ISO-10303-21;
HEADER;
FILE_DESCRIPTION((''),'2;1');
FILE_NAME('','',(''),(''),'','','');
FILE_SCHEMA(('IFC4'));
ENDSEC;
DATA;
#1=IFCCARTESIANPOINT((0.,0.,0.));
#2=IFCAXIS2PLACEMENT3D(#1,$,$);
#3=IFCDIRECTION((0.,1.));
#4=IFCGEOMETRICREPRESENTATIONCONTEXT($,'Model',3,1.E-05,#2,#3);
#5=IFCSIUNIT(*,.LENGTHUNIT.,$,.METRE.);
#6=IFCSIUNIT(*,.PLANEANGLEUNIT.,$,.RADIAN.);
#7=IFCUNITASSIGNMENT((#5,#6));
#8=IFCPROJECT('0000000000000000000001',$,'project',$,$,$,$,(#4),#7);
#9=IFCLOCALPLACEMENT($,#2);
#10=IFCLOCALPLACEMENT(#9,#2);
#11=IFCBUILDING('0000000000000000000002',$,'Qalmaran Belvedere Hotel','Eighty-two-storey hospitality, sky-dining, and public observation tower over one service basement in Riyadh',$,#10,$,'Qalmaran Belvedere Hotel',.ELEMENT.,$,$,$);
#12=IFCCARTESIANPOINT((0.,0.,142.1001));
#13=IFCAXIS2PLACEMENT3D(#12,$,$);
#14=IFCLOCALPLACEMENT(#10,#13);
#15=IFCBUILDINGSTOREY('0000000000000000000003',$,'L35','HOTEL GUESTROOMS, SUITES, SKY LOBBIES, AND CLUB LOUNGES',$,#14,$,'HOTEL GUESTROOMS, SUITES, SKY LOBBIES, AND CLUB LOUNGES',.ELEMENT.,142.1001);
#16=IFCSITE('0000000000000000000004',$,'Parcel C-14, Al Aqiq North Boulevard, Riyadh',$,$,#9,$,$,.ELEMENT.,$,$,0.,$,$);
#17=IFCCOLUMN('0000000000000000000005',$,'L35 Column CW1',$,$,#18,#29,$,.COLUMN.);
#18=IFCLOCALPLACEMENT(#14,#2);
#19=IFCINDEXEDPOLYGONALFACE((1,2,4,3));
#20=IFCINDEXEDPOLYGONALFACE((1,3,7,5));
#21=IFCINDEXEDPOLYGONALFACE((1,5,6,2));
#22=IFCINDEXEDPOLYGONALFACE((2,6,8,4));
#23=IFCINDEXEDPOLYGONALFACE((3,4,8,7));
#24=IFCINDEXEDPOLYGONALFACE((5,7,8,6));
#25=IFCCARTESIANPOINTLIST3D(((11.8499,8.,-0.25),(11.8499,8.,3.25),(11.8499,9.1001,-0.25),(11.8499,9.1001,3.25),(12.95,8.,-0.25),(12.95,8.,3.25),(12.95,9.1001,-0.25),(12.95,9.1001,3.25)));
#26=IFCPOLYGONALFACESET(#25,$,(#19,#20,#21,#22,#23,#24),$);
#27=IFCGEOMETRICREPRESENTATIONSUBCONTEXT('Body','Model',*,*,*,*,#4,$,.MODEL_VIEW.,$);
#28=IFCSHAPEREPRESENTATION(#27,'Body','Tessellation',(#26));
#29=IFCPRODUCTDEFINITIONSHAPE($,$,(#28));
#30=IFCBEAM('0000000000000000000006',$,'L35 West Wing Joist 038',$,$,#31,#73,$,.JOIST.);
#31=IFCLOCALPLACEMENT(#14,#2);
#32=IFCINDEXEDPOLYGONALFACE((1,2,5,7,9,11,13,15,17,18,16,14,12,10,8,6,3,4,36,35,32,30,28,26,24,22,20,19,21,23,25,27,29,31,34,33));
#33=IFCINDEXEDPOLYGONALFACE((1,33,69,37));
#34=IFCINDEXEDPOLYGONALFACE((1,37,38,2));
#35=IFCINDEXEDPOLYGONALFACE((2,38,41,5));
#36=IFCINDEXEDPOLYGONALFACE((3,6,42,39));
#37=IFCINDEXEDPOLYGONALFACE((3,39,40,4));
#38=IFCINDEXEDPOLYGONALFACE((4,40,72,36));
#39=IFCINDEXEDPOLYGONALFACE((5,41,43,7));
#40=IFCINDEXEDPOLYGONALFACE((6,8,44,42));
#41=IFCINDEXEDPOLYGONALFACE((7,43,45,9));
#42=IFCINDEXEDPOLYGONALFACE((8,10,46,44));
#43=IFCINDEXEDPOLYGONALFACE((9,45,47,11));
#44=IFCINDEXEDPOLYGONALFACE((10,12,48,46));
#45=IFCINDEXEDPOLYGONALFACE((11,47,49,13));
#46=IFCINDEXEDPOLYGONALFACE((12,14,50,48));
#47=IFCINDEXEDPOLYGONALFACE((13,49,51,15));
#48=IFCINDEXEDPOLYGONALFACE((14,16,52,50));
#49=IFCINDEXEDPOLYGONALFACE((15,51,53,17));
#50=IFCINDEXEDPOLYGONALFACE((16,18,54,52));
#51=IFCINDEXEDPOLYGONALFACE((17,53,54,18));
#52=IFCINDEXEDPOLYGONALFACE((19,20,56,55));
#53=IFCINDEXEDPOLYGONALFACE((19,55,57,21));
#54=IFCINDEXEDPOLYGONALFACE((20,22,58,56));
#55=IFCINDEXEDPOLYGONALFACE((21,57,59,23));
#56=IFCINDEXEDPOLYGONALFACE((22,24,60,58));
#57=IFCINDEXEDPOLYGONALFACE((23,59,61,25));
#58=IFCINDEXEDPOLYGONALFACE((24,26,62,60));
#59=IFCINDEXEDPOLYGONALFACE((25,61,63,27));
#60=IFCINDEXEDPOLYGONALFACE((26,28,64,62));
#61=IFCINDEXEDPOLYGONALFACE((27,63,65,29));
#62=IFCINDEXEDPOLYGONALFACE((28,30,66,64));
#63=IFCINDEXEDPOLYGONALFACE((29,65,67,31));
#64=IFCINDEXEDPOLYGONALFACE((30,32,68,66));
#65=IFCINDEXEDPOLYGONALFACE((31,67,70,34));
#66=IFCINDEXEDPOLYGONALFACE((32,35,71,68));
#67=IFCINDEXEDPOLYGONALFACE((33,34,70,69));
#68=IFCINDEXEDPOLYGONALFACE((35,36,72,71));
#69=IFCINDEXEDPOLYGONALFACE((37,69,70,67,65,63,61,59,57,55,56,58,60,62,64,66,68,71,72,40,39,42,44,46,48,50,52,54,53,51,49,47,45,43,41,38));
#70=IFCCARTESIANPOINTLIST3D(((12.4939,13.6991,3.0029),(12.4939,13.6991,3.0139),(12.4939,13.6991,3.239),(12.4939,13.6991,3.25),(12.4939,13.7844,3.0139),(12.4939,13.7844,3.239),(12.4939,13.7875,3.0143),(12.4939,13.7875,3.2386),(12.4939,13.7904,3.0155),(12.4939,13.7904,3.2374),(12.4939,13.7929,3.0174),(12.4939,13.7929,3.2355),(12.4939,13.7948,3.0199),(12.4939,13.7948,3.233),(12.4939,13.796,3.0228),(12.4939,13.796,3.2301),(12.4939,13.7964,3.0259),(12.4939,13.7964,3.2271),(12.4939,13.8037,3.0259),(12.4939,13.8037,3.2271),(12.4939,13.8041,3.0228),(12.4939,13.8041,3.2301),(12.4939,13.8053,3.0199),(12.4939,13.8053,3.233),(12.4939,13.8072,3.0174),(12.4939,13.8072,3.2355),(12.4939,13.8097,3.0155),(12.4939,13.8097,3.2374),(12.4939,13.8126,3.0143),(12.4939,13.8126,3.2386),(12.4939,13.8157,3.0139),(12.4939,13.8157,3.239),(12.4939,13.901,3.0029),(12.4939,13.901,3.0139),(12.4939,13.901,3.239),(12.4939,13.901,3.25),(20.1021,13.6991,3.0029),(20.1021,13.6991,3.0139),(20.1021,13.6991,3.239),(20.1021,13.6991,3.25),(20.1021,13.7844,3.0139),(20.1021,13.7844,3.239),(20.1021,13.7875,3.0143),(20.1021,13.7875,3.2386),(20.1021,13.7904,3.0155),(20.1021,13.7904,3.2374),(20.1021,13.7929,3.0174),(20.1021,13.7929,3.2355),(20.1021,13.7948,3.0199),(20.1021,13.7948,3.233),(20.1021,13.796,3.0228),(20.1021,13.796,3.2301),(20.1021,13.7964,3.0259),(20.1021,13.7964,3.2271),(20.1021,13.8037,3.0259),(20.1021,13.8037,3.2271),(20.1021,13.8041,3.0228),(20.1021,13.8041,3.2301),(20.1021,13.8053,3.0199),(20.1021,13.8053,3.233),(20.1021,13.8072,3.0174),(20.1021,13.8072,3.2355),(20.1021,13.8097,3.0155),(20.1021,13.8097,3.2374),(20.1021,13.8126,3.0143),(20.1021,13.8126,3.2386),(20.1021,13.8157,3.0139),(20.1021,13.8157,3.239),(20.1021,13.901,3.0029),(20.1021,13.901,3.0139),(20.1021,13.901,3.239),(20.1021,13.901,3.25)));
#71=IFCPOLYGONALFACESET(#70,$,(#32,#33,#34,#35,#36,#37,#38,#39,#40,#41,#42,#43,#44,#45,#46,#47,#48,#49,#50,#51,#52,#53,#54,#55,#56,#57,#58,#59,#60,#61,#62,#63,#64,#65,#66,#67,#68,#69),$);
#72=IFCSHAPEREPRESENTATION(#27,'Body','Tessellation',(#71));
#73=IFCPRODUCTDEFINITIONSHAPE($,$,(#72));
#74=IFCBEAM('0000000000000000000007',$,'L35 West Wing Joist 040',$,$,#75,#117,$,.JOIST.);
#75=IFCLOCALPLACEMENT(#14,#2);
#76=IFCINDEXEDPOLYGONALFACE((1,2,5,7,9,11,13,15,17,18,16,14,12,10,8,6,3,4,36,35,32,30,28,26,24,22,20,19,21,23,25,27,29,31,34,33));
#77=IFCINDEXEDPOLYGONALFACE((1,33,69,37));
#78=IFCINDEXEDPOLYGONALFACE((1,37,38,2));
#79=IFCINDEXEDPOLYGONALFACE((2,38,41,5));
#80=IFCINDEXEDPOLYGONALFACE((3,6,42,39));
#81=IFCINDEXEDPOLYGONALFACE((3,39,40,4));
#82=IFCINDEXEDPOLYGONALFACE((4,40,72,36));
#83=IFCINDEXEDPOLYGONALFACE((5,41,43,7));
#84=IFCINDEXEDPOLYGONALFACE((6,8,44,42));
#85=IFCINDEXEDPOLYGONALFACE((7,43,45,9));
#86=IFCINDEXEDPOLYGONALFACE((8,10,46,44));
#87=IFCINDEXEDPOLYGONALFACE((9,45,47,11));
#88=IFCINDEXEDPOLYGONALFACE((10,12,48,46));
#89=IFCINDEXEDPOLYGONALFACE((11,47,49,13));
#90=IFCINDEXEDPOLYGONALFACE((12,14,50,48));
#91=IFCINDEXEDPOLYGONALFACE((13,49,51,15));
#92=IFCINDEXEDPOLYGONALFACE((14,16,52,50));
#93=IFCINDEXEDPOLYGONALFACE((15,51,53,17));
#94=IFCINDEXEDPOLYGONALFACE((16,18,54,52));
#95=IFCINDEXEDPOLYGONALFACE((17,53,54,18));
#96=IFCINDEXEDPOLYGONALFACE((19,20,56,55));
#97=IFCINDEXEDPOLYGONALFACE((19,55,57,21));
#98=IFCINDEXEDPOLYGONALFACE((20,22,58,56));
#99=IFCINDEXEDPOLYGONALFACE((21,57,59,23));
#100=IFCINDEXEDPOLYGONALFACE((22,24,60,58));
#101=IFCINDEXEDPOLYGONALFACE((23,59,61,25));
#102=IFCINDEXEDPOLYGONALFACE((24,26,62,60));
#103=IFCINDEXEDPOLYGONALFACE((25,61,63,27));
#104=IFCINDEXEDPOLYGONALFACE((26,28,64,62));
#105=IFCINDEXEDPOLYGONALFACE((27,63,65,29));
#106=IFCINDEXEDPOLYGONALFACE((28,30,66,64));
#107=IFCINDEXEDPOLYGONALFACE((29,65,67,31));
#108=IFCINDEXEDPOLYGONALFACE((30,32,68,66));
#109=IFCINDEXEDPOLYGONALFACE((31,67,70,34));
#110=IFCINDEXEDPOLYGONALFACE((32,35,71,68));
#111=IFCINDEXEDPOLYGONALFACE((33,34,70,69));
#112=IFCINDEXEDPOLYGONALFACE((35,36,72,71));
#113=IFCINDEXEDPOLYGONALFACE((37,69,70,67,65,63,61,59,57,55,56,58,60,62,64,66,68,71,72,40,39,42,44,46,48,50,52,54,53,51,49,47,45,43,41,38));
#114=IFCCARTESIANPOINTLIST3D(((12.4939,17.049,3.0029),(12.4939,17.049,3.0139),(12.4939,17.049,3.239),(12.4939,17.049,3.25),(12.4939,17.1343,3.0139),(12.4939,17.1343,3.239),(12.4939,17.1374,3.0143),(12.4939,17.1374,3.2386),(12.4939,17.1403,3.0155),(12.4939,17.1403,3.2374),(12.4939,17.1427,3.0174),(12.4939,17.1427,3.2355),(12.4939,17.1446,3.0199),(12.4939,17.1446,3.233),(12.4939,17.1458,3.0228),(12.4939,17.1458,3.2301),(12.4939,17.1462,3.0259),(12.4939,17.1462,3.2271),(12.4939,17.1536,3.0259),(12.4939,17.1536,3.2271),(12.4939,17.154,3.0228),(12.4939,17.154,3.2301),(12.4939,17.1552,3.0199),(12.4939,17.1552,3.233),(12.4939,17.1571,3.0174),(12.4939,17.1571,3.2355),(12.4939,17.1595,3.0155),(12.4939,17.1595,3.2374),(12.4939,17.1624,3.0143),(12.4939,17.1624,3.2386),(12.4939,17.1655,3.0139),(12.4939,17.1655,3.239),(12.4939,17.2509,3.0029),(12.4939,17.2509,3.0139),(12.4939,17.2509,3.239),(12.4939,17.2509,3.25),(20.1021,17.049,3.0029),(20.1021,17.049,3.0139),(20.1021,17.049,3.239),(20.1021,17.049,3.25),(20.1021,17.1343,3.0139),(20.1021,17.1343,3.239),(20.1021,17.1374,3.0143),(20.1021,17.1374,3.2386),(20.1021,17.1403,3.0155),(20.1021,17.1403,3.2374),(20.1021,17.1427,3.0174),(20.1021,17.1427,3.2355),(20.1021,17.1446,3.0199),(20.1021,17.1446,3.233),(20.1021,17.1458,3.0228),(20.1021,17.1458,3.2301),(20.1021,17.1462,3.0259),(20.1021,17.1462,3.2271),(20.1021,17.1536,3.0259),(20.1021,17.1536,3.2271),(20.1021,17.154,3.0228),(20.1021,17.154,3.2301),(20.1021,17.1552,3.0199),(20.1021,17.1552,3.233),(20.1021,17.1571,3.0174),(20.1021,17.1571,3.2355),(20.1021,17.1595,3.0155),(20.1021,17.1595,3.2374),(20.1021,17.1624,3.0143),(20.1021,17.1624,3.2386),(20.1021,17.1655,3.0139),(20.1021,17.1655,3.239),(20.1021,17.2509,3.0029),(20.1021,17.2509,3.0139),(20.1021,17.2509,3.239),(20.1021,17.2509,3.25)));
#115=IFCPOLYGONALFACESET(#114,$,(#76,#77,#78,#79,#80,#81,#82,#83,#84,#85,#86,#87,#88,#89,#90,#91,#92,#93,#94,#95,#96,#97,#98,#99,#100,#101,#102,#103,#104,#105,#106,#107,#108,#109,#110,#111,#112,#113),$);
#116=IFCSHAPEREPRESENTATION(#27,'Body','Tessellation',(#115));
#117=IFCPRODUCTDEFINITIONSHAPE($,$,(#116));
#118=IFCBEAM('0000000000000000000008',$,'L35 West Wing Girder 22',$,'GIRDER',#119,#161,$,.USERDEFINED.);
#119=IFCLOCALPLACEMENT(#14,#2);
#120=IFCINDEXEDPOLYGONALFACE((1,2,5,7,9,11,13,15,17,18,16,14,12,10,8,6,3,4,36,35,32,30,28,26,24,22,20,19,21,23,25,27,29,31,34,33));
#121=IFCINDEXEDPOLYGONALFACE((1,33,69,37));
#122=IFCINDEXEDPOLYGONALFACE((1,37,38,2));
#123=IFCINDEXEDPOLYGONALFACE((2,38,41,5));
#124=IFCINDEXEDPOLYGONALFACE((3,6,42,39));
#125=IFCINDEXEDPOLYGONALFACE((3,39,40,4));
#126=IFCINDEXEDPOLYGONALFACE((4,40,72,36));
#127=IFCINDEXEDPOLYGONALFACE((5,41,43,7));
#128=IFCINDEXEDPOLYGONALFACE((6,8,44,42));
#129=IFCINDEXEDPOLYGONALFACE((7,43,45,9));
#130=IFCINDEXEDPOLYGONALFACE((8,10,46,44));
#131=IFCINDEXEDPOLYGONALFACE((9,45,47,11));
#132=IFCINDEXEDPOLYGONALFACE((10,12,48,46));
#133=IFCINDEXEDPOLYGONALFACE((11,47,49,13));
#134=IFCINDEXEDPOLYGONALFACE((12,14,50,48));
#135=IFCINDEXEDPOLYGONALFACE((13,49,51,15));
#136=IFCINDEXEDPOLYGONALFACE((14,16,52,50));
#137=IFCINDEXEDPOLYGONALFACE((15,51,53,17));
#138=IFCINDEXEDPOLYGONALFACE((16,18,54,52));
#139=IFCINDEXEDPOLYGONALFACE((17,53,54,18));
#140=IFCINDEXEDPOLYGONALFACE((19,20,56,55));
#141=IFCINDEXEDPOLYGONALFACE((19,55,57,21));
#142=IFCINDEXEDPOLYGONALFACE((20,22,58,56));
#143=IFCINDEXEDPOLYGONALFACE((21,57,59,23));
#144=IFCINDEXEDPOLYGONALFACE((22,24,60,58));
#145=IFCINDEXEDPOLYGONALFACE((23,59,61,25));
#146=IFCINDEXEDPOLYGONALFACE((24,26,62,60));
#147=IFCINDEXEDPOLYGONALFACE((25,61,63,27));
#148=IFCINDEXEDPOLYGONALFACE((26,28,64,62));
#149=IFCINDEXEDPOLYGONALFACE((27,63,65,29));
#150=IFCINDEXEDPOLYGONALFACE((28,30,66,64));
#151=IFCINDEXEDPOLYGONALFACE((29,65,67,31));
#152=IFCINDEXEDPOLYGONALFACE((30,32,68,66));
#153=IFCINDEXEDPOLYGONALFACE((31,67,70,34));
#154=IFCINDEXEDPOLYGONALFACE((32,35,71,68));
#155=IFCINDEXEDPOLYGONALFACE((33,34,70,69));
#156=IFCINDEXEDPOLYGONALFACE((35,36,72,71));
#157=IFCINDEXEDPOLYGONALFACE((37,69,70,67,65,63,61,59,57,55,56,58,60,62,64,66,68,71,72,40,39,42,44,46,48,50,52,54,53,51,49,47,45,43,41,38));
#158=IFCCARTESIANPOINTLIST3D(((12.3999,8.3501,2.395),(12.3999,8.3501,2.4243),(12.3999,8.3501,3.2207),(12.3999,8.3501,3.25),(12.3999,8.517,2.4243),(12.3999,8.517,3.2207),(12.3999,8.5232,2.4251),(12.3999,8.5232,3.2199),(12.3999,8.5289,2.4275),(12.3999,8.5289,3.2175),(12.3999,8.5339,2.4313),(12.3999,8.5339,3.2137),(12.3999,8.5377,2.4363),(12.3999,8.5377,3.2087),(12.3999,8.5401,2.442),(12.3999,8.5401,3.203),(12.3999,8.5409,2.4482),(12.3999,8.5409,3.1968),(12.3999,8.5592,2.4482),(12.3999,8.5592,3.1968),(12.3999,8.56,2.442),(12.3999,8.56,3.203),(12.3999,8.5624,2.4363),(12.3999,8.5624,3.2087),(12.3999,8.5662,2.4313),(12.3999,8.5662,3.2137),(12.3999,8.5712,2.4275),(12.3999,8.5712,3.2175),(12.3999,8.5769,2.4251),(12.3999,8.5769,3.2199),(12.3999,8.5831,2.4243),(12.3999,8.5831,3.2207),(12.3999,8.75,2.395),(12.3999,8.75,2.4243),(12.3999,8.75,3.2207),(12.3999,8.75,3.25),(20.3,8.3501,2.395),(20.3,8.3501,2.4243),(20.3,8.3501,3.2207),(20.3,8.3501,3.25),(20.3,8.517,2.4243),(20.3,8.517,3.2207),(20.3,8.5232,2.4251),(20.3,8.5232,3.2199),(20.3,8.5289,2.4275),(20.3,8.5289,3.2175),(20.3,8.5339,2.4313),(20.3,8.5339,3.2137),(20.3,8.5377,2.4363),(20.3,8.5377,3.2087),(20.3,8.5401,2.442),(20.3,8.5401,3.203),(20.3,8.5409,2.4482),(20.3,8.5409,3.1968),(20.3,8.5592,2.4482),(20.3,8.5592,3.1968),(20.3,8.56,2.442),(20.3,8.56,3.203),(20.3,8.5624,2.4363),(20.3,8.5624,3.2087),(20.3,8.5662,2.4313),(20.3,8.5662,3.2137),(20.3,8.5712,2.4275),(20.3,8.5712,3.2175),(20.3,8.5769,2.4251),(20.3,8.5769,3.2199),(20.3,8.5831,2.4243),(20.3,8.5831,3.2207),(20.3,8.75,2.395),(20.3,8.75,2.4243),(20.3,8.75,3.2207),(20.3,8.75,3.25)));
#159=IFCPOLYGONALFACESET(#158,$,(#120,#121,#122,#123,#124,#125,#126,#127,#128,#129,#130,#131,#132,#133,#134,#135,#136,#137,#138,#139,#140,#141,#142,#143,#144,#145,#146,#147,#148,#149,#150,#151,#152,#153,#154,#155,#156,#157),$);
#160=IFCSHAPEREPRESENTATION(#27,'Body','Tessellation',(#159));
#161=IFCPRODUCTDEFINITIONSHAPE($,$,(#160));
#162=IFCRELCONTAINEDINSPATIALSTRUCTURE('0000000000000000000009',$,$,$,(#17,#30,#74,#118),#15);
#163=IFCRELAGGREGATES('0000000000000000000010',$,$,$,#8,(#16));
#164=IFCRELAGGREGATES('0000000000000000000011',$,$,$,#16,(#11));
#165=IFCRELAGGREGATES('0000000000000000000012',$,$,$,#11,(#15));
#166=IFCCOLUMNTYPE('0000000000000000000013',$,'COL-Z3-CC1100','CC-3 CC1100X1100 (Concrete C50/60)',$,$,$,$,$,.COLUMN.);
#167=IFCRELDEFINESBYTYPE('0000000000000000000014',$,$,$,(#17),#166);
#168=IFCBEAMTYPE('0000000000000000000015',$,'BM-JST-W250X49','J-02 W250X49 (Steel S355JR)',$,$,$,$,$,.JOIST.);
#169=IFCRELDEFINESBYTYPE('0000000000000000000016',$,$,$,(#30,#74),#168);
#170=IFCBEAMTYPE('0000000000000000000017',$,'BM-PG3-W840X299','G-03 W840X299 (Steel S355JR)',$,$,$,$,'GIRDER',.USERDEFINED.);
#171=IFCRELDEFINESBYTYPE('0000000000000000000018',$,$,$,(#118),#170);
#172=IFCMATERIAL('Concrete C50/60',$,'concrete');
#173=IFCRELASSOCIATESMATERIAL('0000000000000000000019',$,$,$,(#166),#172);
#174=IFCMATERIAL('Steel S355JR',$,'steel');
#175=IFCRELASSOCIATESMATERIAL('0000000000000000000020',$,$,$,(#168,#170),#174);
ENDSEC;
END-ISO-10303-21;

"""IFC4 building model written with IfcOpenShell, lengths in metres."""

from ifc_helpers import new_model, si_unit, direction, frame, origin, origin_2d, place, context, subcontext, project, spatial, rectangle, i_section, extrude, material, material_profile, profile_set, type_object, element, save


model = new_model("IFC4")

# Units and contexts
model_context = context("Model", 3, precision=1e-05, world=origin(), true_north=direction((0.0, 1.0)))
body_context = subcontext(model_context, "Body", "Model", "MODEL_VIEW")
ifc_project = project(units=[si_unit("LENGTHUNIT", "METRE"), si_unit("PLANEANGLEUNIT", "RADIAN")], contexts=[model_context])

# Site, building, storey
site_placement = place(None, origin())
site = spatial("IfcSite", under=ifc_project, at=site_placement, Name="Parcel C-14, Al Aqiq North Boulevard, Riyadh", CompositionType="ELEMENT", RefElevation=0.0)
building_placement = place(site_placement, origin())
building = spatial("IfcBuilding", under=site, at=building_placement, Name="Qalmaran Belvedere Hotel", Description="Eighty-two-storey hospitality, sky-dining, and public observation tower over one service basement in Riyadh", LongName="Qalmaran Belvedere Hotel", CompositionType="ELEMENT")
storey_placement = place(building_placement, frame((0.0, 0.0, 142.1001)))
storey = spatial("IfcBuildingStorey", under=building, at=storey_placement, Name="L35", Description="HOTEL GUESTROOMS, SUITES, SKY LOBBIES, AND CLUB LOUNGES", LongName="HOTEL GUESTROOMS, SUITES, SKY LOBBIES, AND CLUB LOUNGES", CompositionType="ELEMENT", Elevation=142.1001)

# Column
ifc_material_1 = material(Name="Concrete C50/60", Category="concrete")
ifc_material_profile_1 = material_profile(ifc_material_1, rectangle(XDim=1.1001, YDim=1.1001, at=origin_2d()), Name="CC1100X1100")
ifc_profile_set_1 = profile_set([ifc_material_profile_1], Name="Concrete C50/60")
column_type = type_object("IfcColumnType", Name="COL-Z3-CC1100", Description="CC-3 CC1100X1100 (Concrete C50/60)", PredefinedType="COLUMN", material=ifc_profile_set_1)
column_placement = place(storey_placement, frame((12.3999, 8.55, -0.25), z_axis=(0.0, 0.0, 1.0), x_axis=(1.0, 0.0, 0.0)))
element("IfcColumn", 1, at=column_placement, inside=storey, type_object=column_type, Name="L35 Column CW1", PredefinedType="COLUMN", context=body_context, shape_type="SweptSolid", body=[
    extrude(rectangle(XDim=1.1001, YDim=1.1001, at=origin_2d()), origin(), (0.0, 0.0, 1.0), 3.5),
])

# Beams
ifc_material_2 = material(Name="Steel S355JR", Category="steel")
ifc_material_profile_2 = material_profile(ifc_material_2, i_section(OverallWidth=0.2019, OverallDepth=0.2471, WebThickness=0.0073, FlangeThickness=0.011, FilletRadius=0.012, at=origin_2d()), Name="W250X49")
ifc_profile_set_2 = profile_set([ifc_material_profile_2], Name="Steel S355JR")
beam_type_1 = type_object("IfcBeamType", Name="BM-JST-W250X49", Description="J-02 W250X49 (Steel S355JR)", PredefinedType="JOIST", material=ifc_profile_set_2)
for number, where, z_axis, x_axis, name in (
    (2, (12.4939, 13.8, 3.1265), (1.0, 0.0, 0.0), (0.0, 1.0, 0.0), "L35 West Wing Joist 038"),
    (3, (12.4939, 17.1499, 3.1265), (1.0, 0.0, 0.0), (0.0, 1.0, 0.0), "L35 West Wing Joist 040"),
):
    element("IfcBeam", number, at=place(storey_placement, frame(where, z_axis=z_axis, x_axis=x_axis)), inside=storey, type_object=beam_type_1, Name=name, PredefinedType="JOIST", context=body_context, shape_type="SweptSolid", body=[
        extrude(i_section(OverallWidth=0.2019, OverallDepth=0.2471, WebThickness=0.0073, FlangeThickness=0.011, FilletRadius=0.012, at=origin_2d()), origin(), (0.0, 0.0, 1.0), 7.6082),
    ])
ifc_material_profile_3 = material_profile(ifc_material_2, i_section(OverallWidth=0.3999, OverallDepth=0.855, WebThickness=0.0183, FlangeThickness=0.0293, FilletRadius=0.0239, at=origin_2d()), Name="W840X299")
ifc_profile_set_3 = profile_set([ifc_material_profile_3], Name="Steel S355JR")
beam_type_2 = type_object("IfcBeamType", Name="BM-PG3-W840X299", Description="G-03 W840X299 (Steel S355JR)", ElementType="GIRDER", PredefinedType="USERDEFINED", material=ifc_profile_set_3)
beam_1_placement = place(storey_placement, frame((12.3999, 8.55, 2.8225), z_axis=(1.0, 0.0, 0.0), x_axis=(0.0, 1.0, 0.0)))
element("IfcBeam", 4, at=beam_1_placement, inside=storey, type_object=beam_type_2, Name="L35 West Wing Girder 22", ObjectType="GIRDER", PredefinedType="USERDEFINED", context=body_context, shape_type="SweptSolid", body=[
    extrude(i_section(OverallWidth=0.3999, OverallDepth=0.855, WebThickness=0.0183, FlangeThickness=0.0293, FilletRadius=0.0239, at=origin_2d()), origin(), (0.0, 0.0, 1.0), 7.9001),
])

save(model, "model.ifc")
